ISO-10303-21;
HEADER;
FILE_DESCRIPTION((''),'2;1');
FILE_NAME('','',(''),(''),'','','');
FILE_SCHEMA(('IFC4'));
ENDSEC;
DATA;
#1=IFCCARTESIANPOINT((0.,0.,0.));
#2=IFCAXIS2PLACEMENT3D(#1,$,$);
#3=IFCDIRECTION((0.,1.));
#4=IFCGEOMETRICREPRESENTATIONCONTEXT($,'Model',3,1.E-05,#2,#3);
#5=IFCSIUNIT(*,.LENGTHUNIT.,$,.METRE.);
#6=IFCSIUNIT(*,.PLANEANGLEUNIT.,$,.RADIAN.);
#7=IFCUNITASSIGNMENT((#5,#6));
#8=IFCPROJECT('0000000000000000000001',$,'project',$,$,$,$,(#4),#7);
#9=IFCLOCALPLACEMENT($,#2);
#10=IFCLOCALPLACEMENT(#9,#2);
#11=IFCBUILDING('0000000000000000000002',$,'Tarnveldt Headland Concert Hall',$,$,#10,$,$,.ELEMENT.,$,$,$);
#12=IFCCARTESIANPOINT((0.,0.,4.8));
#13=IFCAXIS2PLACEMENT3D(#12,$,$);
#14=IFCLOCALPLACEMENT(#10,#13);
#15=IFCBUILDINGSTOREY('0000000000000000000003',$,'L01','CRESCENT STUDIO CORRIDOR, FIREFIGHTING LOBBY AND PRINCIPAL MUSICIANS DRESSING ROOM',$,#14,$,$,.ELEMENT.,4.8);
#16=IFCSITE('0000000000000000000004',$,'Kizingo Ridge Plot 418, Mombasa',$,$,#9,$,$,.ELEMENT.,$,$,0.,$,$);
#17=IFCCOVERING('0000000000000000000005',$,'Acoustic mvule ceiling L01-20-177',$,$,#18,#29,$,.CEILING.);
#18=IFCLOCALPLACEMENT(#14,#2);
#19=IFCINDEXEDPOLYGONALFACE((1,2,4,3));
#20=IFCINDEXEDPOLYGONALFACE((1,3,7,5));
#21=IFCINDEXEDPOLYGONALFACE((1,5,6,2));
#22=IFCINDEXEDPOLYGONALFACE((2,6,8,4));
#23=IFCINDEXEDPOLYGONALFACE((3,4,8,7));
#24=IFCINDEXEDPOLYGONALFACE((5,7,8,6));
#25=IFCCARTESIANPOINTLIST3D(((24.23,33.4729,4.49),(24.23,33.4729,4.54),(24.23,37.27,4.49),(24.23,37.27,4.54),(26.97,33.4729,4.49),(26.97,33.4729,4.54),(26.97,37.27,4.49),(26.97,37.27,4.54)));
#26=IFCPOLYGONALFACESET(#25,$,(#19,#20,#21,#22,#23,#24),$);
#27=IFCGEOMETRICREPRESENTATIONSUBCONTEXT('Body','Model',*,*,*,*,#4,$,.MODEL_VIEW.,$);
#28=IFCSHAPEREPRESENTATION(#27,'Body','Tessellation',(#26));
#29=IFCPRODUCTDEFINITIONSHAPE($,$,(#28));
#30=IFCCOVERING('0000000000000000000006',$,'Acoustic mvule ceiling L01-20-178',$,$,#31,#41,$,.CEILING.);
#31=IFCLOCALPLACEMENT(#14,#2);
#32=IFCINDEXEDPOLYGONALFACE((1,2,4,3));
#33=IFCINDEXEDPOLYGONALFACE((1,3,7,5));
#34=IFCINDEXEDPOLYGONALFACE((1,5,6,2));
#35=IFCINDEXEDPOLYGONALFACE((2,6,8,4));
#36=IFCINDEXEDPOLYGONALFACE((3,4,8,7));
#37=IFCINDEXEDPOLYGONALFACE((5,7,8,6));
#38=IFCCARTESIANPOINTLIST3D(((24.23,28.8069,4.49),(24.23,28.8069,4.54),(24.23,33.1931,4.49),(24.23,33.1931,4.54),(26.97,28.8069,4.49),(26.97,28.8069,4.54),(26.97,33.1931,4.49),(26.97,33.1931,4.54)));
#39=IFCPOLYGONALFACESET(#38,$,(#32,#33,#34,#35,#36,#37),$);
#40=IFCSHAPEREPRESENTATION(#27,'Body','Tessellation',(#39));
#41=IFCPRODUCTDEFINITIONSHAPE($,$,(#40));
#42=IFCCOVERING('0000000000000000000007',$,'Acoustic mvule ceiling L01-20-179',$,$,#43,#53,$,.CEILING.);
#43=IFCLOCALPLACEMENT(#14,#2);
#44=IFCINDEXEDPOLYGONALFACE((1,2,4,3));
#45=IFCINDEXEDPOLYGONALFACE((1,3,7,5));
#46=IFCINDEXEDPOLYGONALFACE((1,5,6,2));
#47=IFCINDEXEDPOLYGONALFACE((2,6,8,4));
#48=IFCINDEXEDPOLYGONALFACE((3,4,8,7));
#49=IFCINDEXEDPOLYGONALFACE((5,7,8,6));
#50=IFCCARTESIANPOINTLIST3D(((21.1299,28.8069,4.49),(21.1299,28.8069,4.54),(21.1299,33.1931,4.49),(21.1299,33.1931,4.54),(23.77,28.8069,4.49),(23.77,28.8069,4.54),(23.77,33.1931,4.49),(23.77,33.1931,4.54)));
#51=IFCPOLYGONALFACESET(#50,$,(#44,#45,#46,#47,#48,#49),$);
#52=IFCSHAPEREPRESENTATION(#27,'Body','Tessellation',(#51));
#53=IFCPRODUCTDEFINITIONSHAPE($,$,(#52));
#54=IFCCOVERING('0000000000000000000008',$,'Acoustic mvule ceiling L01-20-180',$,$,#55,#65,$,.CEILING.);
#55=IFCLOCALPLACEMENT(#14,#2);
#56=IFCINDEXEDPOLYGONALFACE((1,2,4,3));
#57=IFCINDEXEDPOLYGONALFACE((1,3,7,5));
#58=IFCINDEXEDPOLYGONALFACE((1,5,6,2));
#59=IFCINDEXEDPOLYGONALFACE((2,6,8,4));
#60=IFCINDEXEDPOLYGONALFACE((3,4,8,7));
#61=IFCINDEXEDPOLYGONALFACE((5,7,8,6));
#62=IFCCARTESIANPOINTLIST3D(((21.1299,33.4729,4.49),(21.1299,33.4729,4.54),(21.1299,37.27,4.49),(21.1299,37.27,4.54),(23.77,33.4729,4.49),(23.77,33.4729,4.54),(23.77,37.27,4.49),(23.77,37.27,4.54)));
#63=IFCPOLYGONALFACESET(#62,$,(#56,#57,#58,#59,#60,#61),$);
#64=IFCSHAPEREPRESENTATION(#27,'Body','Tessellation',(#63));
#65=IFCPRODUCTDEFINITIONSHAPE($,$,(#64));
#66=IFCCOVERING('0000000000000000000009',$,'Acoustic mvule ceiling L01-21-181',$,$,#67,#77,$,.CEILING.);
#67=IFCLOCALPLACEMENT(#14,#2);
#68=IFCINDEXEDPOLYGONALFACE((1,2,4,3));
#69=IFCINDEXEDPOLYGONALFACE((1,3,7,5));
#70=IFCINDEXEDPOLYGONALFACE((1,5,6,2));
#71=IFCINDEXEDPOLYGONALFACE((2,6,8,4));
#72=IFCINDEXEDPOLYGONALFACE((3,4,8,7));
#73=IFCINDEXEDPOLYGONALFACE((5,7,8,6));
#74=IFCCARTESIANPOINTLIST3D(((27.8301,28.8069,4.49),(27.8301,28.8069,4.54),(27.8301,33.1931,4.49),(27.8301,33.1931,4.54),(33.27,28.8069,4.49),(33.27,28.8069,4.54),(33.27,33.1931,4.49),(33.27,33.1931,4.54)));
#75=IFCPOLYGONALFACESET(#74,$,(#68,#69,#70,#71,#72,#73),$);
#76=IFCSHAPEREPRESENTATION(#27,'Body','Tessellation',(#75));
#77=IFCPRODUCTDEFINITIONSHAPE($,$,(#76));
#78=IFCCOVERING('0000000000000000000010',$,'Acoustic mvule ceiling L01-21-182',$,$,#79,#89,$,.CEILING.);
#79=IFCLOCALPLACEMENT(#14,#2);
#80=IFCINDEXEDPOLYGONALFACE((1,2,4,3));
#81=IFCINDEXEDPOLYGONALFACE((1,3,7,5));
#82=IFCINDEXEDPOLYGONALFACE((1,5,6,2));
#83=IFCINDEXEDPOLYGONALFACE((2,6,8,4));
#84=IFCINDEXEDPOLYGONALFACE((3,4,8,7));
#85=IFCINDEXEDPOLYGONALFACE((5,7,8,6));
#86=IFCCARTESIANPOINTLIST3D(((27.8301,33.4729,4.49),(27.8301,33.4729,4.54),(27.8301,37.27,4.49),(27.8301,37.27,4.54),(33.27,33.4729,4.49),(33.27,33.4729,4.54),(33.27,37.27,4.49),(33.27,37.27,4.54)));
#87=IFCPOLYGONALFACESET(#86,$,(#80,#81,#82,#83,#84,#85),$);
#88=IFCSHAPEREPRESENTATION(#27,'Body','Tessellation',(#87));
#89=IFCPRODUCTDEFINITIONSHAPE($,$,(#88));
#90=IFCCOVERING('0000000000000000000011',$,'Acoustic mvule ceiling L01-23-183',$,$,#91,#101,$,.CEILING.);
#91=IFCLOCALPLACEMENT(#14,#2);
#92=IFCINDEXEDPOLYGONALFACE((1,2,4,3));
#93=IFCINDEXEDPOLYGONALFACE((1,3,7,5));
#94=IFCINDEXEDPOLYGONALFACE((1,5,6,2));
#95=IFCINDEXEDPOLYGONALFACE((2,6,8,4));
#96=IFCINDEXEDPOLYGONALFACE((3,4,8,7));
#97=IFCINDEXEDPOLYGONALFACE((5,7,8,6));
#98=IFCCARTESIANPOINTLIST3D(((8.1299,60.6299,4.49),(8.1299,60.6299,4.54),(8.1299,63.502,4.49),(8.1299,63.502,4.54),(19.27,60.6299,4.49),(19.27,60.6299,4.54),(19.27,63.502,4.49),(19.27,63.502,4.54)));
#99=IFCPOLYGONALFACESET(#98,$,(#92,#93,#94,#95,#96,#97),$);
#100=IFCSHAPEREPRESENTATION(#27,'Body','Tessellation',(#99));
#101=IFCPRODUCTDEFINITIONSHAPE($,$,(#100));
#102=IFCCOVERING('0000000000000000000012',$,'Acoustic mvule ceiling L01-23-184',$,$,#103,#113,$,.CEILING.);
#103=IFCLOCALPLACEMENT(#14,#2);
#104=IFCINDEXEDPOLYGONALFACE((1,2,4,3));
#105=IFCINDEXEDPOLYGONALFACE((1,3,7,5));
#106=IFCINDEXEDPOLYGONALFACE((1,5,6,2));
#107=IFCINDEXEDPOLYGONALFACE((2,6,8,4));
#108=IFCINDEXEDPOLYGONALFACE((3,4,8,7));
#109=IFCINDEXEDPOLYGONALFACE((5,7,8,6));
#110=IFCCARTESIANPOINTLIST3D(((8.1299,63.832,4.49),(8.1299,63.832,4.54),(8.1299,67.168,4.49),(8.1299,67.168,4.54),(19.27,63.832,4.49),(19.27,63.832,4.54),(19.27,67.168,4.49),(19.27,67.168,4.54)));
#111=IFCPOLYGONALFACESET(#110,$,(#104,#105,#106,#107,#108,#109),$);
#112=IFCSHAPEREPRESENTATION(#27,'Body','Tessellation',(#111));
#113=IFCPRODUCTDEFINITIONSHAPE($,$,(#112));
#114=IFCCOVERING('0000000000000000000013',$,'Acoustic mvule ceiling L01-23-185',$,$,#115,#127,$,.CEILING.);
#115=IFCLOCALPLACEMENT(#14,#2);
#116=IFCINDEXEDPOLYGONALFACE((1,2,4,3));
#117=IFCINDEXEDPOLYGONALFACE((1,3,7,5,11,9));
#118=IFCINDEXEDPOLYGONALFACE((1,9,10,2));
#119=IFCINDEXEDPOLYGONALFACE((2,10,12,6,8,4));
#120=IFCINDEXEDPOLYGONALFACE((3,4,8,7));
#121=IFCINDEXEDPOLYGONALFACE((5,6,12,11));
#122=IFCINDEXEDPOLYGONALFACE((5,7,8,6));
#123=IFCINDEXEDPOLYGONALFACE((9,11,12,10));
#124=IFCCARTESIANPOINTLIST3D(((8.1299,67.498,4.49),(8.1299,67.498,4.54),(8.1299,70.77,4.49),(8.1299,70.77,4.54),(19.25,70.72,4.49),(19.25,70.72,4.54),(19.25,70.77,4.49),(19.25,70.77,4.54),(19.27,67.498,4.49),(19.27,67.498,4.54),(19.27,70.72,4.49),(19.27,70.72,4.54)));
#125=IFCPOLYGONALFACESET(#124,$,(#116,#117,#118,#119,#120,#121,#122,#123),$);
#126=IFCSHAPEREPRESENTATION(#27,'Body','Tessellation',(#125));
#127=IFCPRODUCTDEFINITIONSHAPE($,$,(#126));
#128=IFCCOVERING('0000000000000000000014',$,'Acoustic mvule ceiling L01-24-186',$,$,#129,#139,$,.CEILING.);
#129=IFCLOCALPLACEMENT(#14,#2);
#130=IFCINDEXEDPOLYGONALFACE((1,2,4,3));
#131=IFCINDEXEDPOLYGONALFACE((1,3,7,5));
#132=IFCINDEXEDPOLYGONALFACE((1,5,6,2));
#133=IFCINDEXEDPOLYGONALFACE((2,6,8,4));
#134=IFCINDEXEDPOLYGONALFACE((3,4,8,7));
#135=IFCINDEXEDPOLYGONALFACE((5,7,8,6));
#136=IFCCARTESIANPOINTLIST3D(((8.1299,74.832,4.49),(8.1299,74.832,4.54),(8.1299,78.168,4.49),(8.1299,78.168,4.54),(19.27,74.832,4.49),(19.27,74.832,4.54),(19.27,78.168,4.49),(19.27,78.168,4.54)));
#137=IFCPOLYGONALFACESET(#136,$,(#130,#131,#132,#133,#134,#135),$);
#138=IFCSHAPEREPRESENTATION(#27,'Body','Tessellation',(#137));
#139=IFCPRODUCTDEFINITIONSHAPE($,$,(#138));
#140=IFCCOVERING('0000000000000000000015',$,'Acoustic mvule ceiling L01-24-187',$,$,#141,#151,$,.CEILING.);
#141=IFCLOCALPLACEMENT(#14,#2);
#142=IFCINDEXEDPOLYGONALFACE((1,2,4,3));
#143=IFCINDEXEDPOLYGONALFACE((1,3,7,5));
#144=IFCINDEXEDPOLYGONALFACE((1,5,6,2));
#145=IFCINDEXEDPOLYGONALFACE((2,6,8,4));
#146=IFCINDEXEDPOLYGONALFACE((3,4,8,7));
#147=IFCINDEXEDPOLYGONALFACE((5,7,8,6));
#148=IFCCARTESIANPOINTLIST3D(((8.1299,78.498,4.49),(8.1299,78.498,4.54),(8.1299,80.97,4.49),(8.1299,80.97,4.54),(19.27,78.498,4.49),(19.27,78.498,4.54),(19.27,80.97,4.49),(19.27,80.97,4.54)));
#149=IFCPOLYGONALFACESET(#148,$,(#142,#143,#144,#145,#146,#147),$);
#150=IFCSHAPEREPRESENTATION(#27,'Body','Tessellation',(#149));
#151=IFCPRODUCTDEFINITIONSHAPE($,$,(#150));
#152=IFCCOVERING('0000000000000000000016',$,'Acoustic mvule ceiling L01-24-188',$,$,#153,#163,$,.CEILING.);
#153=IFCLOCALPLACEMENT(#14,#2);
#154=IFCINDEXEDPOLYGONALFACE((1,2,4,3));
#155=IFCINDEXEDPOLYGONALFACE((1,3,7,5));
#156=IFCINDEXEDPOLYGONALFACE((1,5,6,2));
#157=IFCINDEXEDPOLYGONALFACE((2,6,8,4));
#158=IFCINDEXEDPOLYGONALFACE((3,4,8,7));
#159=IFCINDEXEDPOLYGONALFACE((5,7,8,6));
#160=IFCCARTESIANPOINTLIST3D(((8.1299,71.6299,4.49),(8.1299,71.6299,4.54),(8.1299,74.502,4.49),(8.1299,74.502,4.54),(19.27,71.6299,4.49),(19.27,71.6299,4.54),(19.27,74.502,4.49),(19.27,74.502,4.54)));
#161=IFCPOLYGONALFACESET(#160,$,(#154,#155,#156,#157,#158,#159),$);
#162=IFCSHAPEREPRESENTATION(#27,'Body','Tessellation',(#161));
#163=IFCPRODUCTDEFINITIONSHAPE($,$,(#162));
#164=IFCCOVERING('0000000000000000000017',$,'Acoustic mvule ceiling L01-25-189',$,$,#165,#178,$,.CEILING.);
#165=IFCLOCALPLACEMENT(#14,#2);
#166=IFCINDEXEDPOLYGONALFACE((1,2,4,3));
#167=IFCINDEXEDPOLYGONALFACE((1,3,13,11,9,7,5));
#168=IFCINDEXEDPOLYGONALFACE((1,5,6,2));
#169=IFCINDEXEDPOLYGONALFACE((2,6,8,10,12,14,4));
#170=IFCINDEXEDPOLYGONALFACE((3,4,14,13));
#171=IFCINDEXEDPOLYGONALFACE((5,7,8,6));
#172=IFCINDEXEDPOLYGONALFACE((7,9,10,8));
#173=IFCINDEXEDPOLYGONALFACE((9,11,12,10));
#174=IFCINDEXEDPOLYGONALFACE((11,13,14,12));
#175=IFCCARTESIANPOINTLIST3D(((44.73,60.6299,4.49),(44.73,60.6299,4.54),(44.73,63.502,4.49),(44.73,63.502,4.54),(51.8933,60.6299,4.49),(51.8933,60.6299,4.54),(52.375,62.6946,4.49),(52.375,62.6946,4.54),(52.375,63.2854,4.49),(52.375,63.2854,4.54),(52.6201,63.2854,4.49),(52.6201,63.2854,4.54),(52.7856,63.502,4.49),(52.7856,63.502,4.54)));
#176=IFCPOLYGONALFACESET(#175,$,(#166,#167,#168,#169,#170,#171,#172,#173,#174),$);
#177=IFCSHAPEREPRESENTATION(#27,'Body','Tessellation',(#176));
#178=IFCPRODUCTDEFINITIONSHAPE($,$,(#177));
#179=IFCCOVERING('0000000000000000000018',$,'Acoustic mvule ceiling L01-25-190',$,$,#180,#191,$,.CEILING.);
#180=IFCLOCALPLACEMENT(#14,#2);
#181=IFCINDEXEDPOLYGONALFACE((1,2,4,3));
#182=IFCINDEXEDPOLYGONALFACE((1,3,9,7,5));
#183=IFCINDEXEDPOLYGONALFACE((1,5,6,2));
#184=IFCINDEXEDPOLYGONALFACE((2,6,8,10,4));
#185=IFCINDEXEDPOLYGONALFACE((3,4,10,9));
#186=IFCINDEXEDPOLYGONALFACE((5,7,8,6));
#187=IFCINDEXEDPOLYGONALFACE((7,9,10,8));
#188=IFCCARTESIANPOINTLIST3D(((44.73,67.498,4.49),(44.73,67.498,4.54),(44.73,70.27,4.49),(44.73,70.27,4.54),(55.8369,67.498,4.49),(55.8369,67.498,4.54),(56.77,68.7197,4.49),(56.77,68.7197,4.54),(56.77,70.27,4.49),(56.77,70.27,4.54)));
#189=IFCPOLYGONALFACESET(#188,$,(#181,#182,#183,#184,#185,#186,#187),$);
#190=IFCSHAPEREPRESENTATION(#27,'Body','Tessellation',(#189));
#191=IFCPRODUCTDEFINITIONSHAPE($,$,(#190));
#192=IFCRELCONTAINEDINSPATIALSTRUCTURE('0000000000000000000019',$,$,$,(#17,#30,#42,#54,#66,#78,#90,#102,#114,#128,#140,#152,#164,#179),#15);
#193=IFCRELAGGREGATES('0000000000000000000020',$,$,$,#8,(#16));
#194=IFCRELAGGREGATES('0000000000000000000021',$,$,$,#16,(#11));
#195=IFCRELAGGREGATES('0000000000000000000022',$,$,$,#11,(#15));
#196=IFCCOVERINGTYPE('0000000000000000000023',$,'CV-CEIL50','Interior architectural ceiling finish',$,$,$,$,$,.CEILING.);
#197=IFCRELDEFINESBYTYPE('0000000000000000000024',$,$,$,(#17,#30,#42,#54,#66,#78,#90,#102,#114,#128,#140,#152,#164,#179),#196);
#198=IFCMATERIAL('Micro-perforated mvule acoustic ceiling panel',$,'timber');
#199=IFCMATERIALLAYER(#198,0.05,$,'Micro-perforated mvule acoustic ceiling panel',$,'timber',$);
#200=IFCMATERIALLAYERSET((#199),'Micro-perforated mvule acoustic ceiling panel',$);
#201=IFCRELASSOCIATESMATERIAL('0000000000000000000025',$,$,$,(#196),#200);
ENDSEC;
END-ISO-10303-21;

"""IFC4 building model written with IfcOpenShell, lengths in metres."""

from ifc_helpers import new_model, si_unit, direction, frame, origin, place, context, subcontext, project, spatial, polyline, outline, extrude, material, layer, layer_set, type_object, element, save


model = new_model("IFC4")

# Units and contexts
model_context = context("Model", 3, precision=1e-05, world=origin(), true_north=direction((0.0, 1.0)))
body_context = subcontext(model_context, "Body", "Model", "MODEL_VIEW")
ifc_project = project(units=[si_unit("LENGTHUNIT", "METRE"), si_unit("PLANEANGLEUNIT", "RADIAN")], contexts=[model_context])

# Site, building, storey
site_placement = place(None, origin())
site = spatial("IfcSite", under=ifc_project, at=site_placement, Name="Kizingo Ridge Plot 418, Mombasa", CompositionType="ELEMENT", RefElevation=0.0)
building_placement = place(site_placement, origin())
building = spatial("IfcBuilding", under=site, at=building_placement, Name="Tarnveldt Headland Concert Hall", CompositionType="ELEMENT")
storey_placement = place(building_placement, frame((0.0, 0.0, 4.8)))
storey = spatial("IfcBuildingStorey", under=building, at=storey_placement, Name="L01", Description="CRESCENT STUDIO CORRIDOR, FIREFIGHTING LOBBY AND PRINCIPAL MUSICIANS DRESSING ROOM", CompositionType="ELEMENT", Elevation=4.8)

# Coverings
ifc_material = material(Name="Micro-perforated mvule acoustic ceiling panel", Category="timber")
ifc_layer = layer(ifc_material, 0.05, Name="Micro-perforated mvule acoustic ceiling panel", Category="timber")
ifc_layer_set = layer_set([ifc_layer], Name="Micro-perforated mvule acoustic ceiling panel")
covering_type = type_object("IfcCoveringType", Name="CV-CEIL50", Description="Interior architectural ceiling finish", PredefinedType="CEILING", material=ifc_layer_set)
covering_1_placement = place(storey_placement, frame((0.0, 0.0, 4.49)))
element("IfcCovering", 1, at=covering_1_placement, inside=storey, type_object=covering_type, Name="Acoustic mvule ceiling L01-20-177", PredefinedType="CEILING", context=body_context, shape_type="SweptSolid", body=[
    extrude(outline(polyline([(26.97, 33.4729), (24.23, 33.4729), (24.23, 37.27), (26.97, 37.27), (26.97, 33.4729)])), origin(), (0.0, 0.0, 1.0), 0.05),
])
covering_2_placement = place(storey_placement, frame((0.0, 0.0, 4.49)))
element("IfcCovering", 2, at=covering_2_placement, inside=storey, type_object=covering_type, Name="Acoustic mvule ceiling L01-20-178", PredefinedType="CEILING", context=body_context, shape_type="SweptSolid", body=[
    extrude(outline(polyline([(24.23, 28.8069), (24.23, 33.1931), (26.97, 33.1931), (26.97, 28.8069), (24.23, 28.8069)])), origin(), (0.0, 0.0, 1.0), 0.05),
])
covering_3_placement = place(storey_placement, frame((0.0, 0.0, 4.49)))
element("IfcCovering", 3, at=covering_3_placement, inside=storey, type_object=covering_type, Name="Acoustic mvule ceiling L01-20-179", PredefinedType="CEILING", context=body_context, shape_type="SweptSolid", body=[
    extrude(outline(polyline([(23.77, 28.8069), (21.1299, 28.8069), (21.1299, 33.1931), (23.77, 33.1931), (23.77, 28.8069)])), origin(), (0.0, 0.0, 1.0), 0.05),
])
covering_4_placement = place(storey_placement, frame((0.0, 0.0, 4.49)))
element("IfcCovering", 4, at=covering_4_placement, inside=storey, type_object=covering_type, Name="Acoustic mvule ceiling L01-20-180", PredefinedType="CEILING", context=body_context, shape_type="SweptSolid", body=[
    extrude(outline(polyline([(23.77, 33.4729), (21.1299, 33.4729), (21.1299, 37.27), (23.77, 37.27), (23.77, 33.4729)])), origin(), (0.0, 0.0, 1.0), 0.05),
])
covering_5_placement = place(storey_placement, frame((0.0, 0.0, 4.49)))
element("IfcCovering", 5, at=covering_5_placement, inside=storey, type_object=covering_type, Name="Acoustic mvule ceiling L01-21-181", PredefinedType="CEILING", context=body_context, shape_type="SweptSolid", body=[
    extrude(outline(polyline([(33.27, 28.8069), (27.8301, 28.8069), (27.8301, 33.1931), (33.27, 33.1931), (33.27, 28.8069)])), origin(), (0.0, 0.0, 1.0), 0.05),
])
covering_6_placement = place(storey_placement, frame((0.0, 0.0, 4.49)))
element("IfcCovering", 6, at=covering_6_placement, inside=storey, type_object=covering_type, Name="Acoustic mvule ceiling L01-21-182", PredefinedType="CEILING", context=body_context, shape_type="SweptSolid", body=[
    extrude(outline(polyline([(33.27, 33.4729), (27.8301, 33.4729), (27.8301, 37.27), (33.27, 37.27), (33.27, 33.4729)])), origin(), (0.0, 0.0, 1.0), 0.05),
])
covering_7_placement = place(storey_placement, frame((0.0, 0.0, 4.49)))
element("IfcCovering", 7, at=covering_7_placement, inside=storey, type_object=covering_type, Name="Acoustic mvule ceiling L01-23-183", PredefinedType="CEILING", context=body_context, shape_type="SweptSolid", body=[
    extrude(outline(polyline([(19.27, 60.6299), (8.1299, 60.6299), (8.1299, 63.502), (19.27, 63.502), (19.27, 60.6299)])), origin(), (0.0, 0.0, 1.0), 0.05),
])
covering_8_placement = place(storey_placement, frame((0.0, 0.0, 4.49)))
element("IfcCovering", 8, at=covering_8_placement, inside=storey, type_object=covering_type, Name="Acoustic mvule ceiling L01-23-184", PredefinedType="CEILING", context=body_context, shape_type="SweptSolid", body=[
    extrude(outline(polyline([(19.27, 63.832), (8.1299, 63.832), (8.1299, 67.168), (19.27, 67.168), (19.27, 63.832)])), origin(), (0.0, 0.0, 1.0), 0.05),
])
covering_9_placement = place(storey_placement, frame((0.0, 0.0, 4.49)))
element("IfcCovering", 9, at=covering_9_placement, inside=storey, type_object=covering_type, Name="Acoustic mvule ceiling L01-23-185", PredefinedType="CEILING", context=body_context, shape_type="SweptSolid", body=[
    extrude(outline(polyline([(19.25, 70.72), (19.27, 70.72), (19.27, 67.498), (8.1299, 67.498), (8.1299, 70.77), (19.25, 70.77), (19.25, 70.72)])), origin(), (0.0, 0.0, 1.0), 0.05),
])
covering_10_placement = place(storey_placement, frame((0.0, 0.0, 4.49)))
element("IfcCovering", 10, at=covering_10_placement, inside=storey, type_object=covering_type, Name="Acoustic mvule ceiling L01-24-186", PredefinedType="CEILING", context=body_context, shape_type="SweptSolid", body=[
    extrude(outline(polyline([(19.27, 74.832), (8.1299, 74.832), (8.1299, 78.168), (19.27, 78.168), (19.27, 74.832)])), origin(), (0.0, 0.0, 1.0), 0.05),
])
covering_11_placement = place(storey_placement, frame((0.0, 0.0, 4.49)))
element("IfcCovering", 11, at=covering_11_placement, inside=storey, type_object=covering_type, Name="Acoustic mvule ceiling L01-24-187", PredefinedType="CEILING", context=body_context, shape_type="SweptSolid", body=[
    extrude(outline(polyline([(19.27, 78.498), (8.1299, 78.498), (8.1299, 80.97), (19.27, 80.97), (19.27, 78.498)])), origin(), (0.0, 0.0, 1.0), 0.05),
])
covering_12_placement = place(storey_placement, frame((0.0, 0.0, 4.49)))
element("IfcCovering", 12, at=covering_12_placement, inside=storey, type_object=covering_type, Name="Acoustic mvule ceiling L01-24-188", PredefinedType="CEILING", context=body_context, shape_type="SweptSolid", body=[
    extrude(outline(polyline([(19.27, 71.6299), (8.1299, 71.6299), (8.1299, 74.502), (19.27, 74.502), (19.27, 71.6299)])), origin(), (0.0, 0.0, 1.0), 0.05),
])
covering_13_placement = place(storey_placement, frame((0.0, 0.0, 4.49)))
element("IfcCovering", 13, at=covering_13_placement, inside=storey, type_object=covering_type, Name="Acoustic mvule ceiling L01-25-189", PredefinedType="CEILING", context=body_context, shape_type="SweptSolid", body=[
    extrude(outline(polyline([(52.6201, 63.2854), (52.375, 63.2854), (52.375, 62.6946), (51.8933, 60.6299), (44.73, 60.6299), (44.73, 63.502), (52.7856, 63.502), (52.6201, 63.2854)])), origin(), (0.0, 0.0, 1.0), 0.05),
])
covering_14_placement = place(storey_placement, frame((0.0, 0.0, 4.49)))
element("IfcCovering", 14, at=covering_14_placement, inside=storey, type_object=covering_type, Name="Acoustic mvule ceiling L01-25-190", PredefinedType="CEILING", context=body_context, shape_type="SweptSolid", body=[
    extrude(outline(polyline([(55.8369, 67.498), (44.73, 67.498), (44.73, 70.27), (56.77, 70.27), (56.77, 68.7197), (55.8369, 67.498)])), origin(), (0.0, 0.0, 1.0), 0.05),
])

save(model, "model.ifc")
